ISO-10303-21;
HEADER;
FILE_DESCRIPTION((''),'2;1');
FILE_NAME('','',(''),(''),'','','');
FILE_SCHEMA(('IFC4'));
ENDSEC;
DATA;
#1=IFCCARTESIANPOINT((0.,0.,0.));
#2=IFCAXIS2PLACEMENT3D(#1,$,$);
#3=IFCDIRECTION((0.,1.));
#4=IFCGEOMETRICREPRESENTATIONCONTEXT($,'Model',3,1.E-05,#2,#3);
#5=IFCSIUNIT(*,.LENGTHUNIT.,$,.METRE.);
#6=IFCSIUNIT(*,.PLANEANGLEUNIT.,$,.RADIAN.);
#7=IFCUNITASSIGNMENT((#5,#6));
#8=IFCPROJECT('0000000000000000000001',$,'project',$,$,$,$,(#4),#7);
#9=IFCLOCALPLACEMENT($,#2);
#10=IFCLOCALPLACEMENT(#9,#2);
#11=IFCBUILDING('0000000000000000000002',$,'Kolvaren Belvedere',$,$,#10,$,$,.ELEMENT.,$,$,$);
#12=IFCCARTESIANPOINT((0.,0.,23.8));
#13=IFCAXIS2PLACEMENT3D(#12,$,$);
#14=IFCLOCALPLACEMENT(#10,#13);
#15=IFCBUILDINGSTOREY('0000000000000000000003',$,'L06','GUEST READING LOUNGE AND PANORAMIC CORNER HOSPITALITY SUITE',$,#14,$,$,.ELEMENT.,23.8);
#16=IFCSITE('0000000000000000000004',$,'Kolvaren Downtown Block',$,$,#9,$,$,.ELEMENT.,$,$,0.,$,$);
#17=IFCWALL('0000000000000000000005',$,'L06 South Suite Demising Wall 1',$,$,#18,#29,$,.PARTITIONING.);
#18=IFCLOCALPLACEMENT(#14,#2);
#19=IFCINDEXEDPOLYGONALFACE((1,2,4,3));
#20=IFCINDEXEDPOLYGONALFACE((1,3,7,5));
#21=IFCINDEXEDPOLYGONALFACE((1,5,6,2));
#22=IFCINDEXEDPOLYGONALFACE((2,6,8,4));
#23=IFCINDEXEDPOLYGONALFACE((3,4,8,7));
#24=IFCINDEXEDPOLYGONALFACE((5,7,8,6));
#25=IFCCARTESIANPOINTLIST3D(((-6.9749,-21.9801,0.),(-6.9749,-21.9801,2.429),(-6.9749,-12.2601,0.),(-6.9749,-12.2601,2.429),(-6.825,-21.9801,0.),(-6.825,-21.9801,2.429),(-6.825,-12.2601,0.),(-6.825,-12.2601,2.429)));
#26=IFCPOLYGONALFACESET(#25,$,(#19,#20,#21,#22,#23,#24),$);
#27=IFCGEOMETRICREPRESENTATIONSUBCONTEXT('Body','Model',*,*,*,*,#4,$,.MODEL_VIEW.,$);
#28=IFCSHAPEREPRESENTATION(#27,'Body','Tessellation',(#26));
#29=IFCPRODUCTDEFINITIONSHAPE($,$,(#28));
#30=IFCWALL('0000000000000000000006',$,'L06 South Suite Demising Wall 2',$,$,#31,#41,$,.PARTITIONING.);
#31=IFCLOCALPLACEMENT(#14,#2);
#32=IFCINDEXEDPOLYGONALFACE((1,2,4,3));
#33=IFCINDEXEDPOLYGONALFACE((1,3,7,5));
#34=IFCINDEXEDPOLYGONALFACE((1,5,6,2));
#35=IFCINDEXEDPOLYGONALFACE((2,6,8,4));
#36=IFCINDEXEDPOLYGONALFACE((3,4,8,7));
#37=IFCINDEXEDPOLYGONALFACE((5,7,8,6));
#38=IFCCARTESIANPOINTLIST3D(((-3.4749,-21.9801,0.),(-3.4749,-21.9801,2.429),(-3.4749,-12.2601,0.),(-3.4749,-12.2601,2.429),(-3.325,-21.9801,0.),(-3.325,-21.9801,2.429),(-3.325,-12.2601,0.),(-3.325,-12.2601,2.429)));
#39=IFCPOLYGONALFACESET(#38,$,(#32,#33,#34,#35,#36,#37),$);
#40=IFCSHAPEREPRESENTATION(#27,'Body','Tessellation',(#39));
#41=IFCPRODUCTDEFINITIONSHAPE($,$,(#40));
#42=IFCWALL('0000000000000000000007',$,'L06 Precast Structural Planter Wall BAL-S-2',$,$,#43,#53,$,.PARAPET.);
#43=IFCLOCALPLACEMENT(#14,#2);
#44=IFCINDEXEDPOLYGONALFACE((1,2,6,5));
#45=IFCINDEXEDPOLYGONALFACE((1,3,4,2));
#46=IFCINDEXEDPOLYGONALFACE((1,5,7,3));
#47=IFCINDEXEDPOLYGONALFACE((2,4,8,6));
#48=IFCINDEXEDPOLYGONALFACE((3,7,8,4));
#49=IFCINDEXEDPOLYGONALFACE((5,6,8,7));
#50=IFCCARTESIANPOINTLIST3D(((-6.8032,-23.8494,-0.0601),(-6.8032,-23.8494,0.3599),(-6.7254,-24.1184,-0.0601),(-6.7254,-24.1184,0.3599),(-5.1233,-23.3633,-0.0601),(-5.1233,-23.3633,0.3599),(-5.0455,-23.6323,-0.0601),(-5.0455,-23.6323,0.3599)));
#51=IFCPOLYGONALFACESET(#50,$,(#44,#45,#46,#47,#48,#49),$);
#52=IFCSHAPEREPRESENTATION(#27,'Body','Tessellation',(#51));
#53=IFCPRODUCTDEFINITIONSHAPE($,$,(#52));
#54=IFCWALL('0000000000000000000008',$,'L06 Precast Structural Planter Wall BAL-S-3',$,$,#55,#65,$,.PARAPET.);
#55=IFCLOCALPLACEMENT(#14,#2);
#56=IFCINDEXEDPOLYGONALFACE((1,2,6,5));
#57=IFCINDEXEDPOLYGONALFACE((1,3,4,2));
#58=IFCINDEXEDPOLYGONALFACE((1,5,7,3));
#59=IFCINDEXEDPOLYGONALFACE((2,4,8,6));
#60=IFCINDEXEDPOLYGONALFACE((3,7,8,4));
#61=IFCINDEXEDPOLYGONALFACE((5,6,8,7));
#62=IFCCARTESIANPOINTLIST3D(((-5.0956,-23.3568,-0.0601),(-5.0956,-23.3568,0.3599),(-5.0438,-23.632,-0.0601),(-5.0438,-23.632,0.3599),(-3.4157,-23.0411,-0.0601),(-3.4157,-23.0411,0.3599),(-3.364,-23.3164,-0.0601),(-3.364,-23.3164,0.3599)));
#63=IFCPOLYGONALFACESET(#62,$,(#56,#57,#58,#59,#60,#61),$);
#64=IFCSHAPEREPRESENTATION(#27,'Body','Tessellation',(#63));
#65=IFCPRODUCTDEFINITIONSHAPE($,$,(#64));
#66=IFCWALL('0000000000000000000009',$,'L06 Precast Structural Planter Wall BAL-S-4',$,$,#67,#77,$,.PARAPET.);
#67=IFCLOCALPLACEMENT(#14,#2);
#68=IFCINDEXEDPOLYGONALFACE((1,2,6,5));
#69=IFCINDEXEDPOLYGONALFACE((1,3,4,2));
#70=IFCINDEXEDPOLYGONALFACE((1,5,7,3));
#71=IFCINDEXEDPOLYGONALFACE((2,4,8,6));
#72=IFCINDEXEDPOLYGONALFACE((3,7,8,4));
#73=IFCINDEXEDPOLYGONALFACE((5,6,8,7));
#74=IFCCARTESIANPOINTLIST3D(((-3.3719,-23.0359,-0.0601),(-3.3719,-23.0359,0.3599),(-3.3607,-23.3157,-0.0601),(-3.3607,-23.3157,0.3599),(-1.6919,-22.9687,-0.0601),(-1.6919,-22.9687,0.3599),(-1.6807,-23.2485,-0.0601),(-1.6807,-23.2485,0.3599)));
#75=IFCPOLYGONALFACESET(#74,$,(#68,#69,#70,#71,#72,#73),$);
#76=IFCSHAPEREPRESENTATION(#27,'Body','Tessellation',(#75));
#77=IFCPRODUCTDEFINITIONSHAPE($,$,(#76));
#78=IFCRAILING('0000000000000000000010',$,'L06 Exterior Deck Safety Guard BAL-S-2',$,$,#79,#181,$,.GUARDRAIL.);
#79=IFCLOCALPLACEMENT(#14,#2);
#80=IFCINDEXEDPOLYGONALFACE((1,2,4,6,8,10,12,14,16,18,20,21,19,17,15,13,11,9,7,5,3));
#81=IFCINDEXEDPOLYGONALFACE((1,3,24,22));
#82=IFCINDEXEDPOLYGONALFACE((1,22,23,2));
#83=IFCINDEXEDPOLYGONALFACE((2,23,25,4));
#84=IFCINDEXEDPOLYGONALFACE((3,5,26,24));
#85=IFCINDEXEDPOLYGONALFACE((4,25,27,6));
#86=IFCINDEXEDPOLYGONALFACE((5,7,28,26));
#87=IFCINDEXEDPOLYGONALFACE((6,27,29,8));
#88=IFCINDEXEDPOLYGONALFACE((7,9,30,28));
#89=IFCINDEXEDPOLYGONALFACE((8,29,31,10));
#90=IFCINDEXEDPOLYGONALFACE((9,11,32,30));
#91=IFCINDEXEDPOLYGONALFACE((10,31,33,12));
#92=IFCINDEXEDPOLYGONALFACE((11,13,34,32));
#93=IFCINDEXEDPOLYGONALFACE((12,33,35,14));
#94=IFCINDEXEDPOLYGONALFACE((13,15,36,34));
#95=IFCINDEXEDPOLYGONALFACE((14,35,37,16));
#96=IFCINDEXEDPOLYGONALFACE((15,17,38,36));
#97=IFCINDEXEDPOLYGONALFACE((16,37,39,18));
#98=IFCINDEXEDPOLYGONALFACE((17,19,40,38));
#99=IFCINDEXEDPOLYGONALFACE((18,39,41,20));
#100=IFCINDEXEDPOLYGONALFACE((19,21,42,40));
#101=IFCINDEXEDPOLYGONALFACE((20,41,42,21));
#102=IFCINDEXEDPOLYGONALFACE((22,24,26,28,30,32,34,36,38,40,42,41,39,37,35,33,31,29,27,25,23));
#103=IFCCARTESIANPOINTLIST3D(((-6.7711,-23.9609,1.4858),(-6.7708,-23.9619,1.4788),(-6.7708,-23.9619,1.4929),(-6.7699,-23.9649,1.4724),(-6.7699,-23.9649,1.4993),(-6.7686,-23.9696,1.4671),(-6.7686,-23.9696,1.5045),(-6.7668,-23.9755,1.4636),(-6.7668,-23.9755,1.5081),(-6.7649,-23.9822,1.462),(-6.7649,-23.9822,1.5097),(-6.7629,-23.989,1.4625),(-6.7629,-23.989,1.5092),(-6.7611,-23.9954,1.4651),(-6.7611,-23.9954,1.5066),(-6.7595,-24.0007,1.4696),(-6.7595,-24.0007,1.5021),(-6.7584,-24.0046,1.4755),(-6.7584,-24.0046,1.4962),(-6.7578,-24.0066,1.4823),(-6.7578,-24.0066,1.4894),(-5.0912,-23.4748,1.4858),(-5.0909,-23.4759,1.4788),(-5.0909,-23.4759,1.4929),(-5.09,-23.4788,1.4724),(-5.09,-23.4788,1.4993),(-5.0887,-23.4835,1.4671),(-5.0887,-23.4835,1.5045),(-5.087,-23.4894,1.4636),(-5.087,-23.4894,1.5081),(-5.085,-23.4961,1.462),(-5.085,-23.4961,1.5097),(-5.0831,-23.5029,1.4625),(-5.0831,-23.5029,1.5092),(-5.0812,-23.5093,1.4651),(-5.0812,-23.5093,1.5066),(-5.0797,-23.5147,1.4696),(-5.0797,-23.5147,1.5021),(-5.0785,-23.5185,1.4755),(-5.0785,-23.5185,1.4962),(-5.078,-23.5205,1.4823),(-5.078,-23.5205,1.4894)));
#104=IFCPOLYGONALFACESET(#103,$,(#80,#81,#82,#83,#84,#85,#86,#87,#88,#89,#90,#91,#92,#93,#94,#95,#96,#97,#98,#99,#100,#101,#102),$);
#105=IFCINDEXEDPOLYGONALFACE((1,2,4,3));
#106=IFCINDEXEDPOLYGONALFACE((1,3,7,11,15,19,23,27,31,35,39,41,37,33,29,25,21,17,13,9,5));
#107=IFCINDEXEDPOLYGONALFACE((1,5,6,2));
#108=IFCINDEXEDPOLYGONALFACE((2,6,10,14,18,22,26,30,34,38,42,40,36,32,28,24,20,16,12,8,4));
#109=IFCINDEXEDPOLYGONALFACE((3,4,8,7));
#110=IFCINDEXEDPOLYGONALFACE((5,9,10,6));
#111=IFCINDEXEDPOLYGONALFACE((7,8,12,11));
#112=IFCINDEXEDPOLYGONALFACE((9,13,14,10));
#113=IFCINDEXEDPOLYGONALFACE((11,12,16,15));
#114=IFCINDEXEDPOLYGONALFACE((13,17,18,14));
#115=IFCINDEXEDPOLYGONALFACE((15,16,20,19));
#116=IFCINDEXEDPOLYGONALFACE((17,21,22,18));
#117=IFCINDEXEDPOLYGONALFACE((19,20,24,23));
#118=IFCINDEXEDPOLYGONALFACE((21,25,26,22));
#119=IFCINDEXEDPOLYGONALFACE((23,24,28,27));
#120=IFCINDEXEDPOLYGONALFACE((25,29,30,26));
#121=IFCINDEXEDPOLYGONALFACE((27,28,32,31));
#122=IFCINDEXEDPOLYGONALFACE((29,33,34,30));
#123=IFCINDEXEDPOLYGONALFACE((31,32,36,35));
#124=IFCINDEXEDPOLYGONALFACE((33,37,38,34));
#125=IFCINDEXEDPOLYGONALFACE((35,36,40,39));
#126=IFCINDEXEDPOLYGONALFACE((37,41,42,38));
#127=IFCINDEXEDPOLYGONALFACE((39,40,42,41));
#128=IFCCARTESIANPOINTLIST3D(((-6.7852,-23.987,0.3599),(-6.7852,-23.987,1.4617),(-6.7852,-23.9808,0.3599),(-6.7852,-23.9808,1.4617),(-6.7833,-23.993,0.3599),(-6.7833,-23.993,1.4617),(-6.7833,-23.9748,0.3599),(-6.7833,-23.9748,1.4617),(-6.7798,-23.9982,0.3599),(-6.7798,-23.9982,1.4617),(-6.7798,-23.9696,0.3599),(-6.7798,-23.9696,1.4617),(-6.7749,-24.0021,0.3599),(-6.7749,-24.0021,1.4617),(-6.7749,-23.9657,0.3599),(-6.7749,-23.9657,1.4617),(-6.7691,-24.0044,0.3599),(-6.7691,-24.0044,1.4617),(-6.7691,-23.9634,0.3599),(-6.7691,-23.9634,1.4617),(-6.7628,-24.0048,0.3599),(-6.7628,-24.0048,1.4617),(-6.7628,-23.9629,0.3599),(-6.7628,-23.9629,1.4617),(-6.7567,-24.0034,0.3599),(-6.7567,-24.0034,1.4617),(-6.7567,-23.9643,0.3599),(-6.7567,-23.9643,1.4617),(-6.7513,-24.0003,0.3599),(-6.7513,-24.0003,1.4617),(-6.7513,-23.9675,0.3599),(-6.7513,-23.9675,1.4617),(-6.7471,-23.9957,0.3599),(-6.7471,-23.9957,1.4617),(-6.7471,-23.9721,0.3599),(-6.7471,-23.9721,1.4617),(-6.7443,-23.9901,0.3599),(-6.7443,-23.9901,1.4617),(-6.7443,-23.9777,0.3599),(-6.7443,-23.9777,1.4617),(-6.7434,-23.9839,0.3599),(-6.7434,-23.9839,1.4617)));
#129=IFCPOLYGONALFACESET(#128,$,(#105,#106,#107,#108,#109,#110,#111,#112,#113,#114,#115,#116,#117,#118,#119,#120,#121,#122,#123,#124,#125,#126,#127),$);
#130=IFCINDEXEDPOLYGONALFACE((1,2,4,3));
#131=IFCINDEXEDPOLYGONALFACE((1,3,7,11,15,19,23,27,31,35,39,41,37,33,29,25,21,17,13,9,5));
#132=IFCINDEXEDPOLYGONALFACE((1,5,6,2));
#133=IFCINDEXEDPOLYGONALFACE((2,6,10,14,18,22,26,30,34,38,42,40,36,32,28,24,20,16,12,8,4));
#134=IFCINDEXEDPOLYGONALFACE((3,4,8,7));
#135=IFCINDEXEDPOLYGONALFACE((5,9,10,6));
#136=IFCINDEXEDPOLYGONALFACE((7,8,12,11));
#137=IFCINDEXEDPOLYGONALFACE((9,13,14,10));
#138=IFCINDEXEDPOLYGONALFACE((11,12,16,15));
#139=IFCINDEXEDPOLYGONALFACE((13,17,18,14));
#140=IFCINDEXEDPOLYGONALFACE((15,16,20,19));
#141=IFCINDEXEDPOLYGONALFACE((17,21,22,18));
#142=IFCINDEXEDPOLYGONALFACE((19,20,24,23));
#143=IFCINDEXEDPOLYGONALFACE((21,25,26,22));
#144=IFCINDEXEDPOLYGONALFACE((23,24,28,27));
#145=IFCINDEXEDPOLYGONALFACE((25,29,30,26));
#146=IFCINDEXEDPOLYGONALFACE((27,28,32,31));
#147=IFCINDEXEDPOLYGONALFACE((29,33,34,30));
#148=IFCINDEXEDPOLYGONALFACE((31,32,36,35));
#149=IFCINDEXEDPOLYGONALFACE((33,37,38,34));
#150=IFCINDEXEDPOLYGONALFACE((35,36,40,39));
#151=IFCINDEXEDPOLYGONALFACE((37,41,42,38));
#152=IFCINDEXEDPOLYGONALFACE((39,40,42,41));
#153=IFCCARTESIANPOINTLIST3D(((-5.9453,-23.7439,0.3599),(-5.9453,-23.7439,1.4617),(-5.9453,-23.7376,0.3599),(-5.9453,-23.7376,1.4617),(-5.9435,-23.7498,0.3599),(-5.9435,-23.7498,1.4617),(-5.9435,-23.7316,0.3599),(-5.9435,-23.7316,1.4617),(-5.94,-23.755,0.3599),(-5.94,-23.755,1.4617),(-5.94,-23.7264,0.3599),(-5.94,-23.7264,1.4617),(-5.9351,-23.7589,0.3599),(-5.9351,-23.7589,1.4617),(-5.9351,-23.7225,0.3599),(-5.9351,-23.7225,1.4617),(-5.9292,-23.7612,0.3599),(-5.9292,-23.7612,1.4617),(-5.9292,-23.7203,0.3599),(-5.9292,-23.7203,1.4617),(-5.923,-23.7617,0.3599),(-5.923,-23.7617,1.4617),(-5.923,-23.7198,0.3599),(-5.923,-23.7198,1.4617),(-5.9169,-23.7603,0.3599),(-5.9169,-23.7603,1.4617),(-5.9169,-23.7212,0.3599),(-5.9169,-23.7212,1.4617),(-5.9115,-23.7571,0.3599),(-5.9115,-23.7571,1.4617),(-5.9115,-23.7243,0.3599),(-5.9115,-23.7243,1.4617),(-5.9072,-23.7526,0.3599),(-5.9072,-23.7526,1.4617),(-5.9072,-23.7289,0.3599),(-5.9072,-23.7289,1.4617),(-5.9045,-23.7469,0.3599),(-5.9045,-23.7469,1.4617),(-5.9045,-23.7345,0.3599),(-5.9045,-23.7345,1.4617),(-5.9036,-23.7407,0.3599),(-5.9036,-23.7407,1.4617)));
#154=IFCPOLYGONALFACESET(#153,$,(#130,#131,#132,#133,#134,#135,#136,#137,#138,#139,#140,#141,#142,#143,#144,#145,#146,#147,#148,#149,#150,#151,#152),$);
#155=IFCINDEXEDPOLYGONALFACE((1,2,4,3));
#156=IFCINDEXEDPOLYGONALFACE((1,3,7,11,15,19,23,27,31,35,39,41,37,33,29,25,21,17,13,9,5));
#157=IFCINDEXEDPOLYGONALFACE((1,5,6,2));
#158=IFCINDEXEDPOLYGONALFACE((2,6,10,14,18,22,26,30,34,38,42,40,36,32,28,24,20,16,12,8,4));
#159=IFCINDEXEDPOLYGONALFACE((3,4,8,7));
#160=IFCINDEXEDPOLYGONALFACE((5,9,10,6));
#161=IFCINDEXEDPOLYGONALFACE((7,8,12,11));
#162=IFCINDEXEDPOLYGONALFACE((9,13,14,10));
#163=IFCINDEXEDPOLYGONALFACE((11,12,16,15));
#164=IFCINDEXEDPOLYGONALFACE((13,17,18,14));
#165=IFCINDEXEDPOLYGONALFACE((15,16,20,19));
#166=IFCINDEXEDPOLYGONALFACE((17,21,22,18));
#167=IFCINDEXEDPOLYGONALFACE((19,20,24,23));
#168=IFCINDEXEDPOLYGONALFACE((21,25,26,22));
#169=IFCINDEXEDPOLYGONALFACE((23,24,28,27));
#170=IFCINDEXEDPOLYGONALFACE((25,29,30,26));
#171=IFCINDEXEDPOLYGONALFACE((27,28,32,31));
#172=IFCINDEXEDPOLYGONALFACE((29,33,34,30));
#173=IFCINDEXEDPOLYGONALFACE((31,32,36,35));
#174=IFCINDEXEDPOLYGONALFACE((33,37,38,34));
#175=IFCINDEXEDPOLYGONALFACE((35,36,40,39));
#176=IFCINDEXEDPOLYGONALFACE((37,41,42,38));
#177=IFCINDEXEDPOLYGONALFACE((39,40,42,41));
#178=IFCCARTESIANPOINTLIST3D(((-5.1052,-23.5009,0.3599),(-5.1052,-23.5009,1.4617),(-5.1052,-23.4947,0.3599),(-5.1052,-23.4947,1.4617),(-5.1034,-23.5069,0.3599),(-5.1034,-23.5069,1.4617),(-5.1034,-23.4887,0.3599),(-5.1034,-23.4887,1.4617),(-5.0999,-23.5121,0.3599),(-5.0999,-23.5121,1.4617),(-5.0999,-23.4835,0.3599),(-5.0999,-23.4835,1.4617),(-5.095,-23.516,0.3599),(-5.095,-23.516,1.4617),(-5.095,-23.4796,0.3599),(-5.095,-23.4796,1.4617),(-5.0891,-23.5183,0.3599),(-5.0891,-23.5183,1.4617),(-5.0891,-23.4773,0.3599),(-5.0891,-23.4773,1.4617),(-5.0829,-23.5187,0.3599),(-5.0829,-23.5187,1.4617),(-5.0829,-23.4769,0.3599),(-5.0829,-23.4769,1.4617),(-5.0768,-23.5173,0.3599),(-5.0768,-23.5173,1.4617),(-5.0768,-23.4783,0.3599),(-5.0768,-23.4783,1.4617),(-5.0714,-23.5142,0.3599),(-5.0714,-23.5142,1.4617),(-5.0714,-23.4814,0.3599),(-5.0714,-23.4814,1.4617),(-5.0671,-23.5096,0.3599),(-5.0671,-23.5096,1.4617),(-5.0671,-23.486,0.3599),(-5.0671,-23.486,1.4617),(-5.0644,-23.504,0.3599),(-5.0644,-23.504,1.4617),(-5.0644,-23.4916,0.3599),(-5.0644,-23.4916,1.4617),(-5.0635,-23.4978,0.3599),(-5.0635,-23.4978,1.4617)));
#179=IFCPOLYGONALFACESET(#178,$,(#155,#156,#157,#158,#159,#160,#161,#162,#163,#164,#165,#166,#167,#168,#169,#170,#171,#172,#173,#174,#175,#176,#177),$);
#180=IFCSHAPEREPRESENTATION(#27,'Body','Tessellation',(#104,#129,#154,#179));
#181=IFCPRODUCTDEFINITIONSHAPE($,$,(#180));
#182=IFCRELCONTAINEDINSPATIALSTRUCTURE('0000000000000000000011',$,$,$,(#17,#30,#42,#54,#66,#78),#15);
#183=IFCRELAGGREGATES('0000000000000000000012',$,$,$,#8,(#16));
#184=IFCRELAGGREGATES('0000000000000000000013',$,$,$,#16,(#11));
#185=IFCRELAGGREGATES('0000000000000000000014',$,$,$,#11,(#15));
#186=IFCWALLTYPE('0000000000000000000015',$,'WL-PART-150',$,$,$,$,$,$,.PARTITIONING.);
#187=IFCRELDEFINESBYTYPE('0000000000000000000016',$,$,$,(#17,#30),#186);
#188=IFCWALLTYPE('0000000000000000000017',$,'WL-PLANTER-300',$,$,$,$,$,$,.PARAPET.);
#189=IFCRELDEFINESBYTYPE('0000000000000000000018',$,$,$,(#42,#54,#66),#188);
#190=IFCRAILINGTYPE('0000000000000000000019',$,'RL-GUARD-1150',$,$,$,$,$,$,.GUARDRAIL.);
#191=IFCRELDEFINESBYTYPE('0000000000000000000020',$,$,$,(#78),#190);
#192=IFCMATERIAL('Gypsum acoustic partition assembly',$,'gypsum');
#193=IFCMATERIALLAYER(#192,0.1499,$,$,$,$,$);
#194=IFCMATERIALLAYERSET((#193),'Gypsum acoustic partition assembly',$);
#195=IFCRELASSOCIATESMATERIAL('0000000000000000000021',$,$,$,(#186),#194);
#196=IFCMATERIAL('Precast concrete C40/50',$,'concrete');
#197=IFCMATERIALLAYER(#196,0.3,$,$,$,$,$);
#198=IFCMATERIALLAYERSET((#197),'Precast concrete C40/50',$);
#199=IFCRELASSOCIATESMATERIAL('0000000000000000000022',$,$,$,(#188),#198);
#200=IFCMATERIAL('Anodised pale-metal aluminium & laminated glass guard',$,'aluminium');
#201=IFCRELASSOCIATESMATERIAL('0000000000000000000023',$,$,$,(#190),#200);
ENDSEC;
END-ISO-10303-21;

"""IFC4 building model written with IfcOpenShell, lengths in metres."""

from ifc_helpers import new_model, si_unit, direction, frame, frame_2d, origin, origin_2d, place, context, subcontext, project, spatial, rectangle, circle, extrude, material, layer, layer_set, type_object, element, save


model = new_model("IFC4")

# Units and contexts
model_context = context("Model", 3, precision=1e-05, world=origin(), true_north=direction((0.0, 1.0)))
body_context = subcontext(model_context, "Body", "Model", "MODEL_VIEW")
ifc_project = project(units=[si_unit("LENGTHUNIT", "METRE"), si_unit("PLANEANGLEUNIT", "RADIAN")], contexts=[model_context])

# Site, building, storey
site_placement = place(None, origin())
site = spatial("IfcSite", under=ifc_project, at=site_placement, Name="Kolvaren Downtown Block", CompositionType="ELEMENT", RefElevation=0.0)
building_placement = place(site_placement, origin())
building = spatial("IfcBuilding", under=site, at=building_placement, Name="Kolvaren Belvedere", CompositionType="ELEMENT")
storey_placement = place(building_placement, frame((0.0, 0.0, 23.8)))
storey = spatial("IfcBuildingStorey", under=building, at=storey_placement, Name="L06", Description="GUEST READING LOUNGE AND PANORAMIC CORNER HOSPITALITY SUITE", CompositionType="ELEMENT", Elevation=23.8)

# Walls
ifc_material_1 = material(Name="Gypsum acoustic partition assembly", Category="gypsum")
ifc_layer_1 = layer(ifc_material_1, 0.1499)
ifc_layer_set_1 = layer_set([ifc_layer_1], Name="Gypsum acoustic partition assembly")
wall_type_1 = type_object("IfcWallType", Name="WL-PART-150", PredefinedType="PARTITIONING", material=ifc_layer_set_1)
for number, where, z_axis, x_axis, name in (
    (1, (-6.8999, -21.98, 0.0), (0.0, 0.0, 1.0), (0.0, 1.0, 0.0), "L06 South Suite Demising Wall 1"),
    (2, (-3.3999, -21.98, 0.0), (0.0, 0.0, 1.0), (0.0, 1.0, 0.0), "L06 South Suite Demising Wall 2"),
):
    element("IfcWall", number, at=place(storey_placement, frame(where, z_axis=z_axis, x_axis=x_axis)), inside=storey, type_object=wall_type_1, Name=name, PredefinedType="PARTITIONING", context=body_context, shape_type="SweptSolid", body=[
        extrude(rectangle(XDim=9.72, YDim=0.1499, at=frame_2d((4.8599, 0.0))), origin(), (0.0, 0.0, 1.0), 2.429),
    ])
ifc_material_2 = material(Name="Precast concrete C40/50", Category="concrete")
ifc_layer_2 = layer(ifc_material_2, 0.3)
ifc_layer_set_2 = layer_set([ifc_layer_2], Name="Precast concrete C40/50")
wall_type_2 = type_object("IfcWallType", Name="WL-PLANTER-300", PredefinedType="PARAPET", material=ifc_layer_set_2)
wall_1_placement = place(storey_placement, frame((-6.7644, -23.9839, -0.0601), z_axis=(0.0, 0.0, 1.0), x_axis=(0.960597, 0.277946, 0.0)))
element("IfcWall", 3, at=wall_1_placement, inside=storey, type_object=wall_type_2, Name="L06 Precast Structural Planter Wall BAL-S-2", PredefinedType="PARAPET", context=body_context, shape_type="SweptSolid", body=[
    extrude(rectangle(XDim=1.7488, YDim=0.28, at=frame_2d((0.8745, 0.0))), origin(), (0.0, 0.0, 1.0), 0.4199),
])
wall_2_placement = place(storey_placement, frame((-5.0696, -23.4944, -0.0601), z_axis=(0.0, 0.0, 1.0), x_axis=(0.982799, 0.184677, 0.0)))
element("IfcWall", 4, at=wall_2_placement, inside=storey, type_object=wall_type_2, Name="L06 Precast Structural Planter Wall BAL-S-3", PredefinedType="PARAPET", context=body_context, shape_type="SweptSolid", body=[
    extrude(rectangle(XDim=1.7092, YDim=0.28, at=frame_2d((0.8545, 0.0))), origin(), (0.0, 0.0, 1.0), 0.4199),
])
wall_3_placement = place(storey_placement, frame((-3.3665, -23.1758, -0.0601), z_axis=(0.0, 0.0, 1.0), x_axis=(0.999203, 0.039927, 0.0)))
element("IfcWall", 5, at=wall_3_placement, inside=storey, type_object=wall_type_2, Name="L06 Precast Structural Planter Wall BAL-S-4", PredefinedType="PARAPET", context=body_context, shape_type="SweptSolid", body=[
    extrude(rectangle(XDim=1.6814, YDim=0.28, at=frame_2d((0.8408, 0.0))), origin(), (0.0, 0.0, 1.0), 0.4199),
])

# Railing
ifc_material_3 = material(Name="Anodised pale-metal aluminium & laminated glass guard", Category="aluminium")
railing_type = type_object("IfcRailingType", Name="RL-GUARD-1150", PredefinedType="GUARDRAIL", material=ifc_material_3)
railing_1_placement = place(storey_placement, frame((-6.7644, -23.9839, 0.3599)))
element("IfcRailing", 6, at=railing_1_placement, inside=storey, type_object=railing_type, Name="L06 Exterior Deck Safety Guard BAL-S-2", PredefinedType="GUARDRAIL", context=body_context, shape_type="SweptSolid", body=[
    extrude(circle(Radius=0.0239, at=origin_2d()), frame((0.0, 0.0, 1.126), z_axis=(0.960597, 0.277946, 0.0), x_axis=(-0.277946, 0.960597, 0.0)), (0.0, 0.0, 1.0), 1.7488),
    extrude(circle(Radius=0.021, at=origin_2d()), origin(), (0.0, 0.0, 1.0), 1.1018),
    extrude(circle(Radius=0.021, at=origin_2d()), frame((0.8398, 0.2432, 0.0)), (0.0, 0.0, 1.0), 1.1018),
    extrude(circle(Radius=0.021, at=origin_2d()), frame((1.6799, 0.4861, 0.0)), (0.0, 0.0, 1.0), 1.1018),
])

save(model, "model.ifc")
